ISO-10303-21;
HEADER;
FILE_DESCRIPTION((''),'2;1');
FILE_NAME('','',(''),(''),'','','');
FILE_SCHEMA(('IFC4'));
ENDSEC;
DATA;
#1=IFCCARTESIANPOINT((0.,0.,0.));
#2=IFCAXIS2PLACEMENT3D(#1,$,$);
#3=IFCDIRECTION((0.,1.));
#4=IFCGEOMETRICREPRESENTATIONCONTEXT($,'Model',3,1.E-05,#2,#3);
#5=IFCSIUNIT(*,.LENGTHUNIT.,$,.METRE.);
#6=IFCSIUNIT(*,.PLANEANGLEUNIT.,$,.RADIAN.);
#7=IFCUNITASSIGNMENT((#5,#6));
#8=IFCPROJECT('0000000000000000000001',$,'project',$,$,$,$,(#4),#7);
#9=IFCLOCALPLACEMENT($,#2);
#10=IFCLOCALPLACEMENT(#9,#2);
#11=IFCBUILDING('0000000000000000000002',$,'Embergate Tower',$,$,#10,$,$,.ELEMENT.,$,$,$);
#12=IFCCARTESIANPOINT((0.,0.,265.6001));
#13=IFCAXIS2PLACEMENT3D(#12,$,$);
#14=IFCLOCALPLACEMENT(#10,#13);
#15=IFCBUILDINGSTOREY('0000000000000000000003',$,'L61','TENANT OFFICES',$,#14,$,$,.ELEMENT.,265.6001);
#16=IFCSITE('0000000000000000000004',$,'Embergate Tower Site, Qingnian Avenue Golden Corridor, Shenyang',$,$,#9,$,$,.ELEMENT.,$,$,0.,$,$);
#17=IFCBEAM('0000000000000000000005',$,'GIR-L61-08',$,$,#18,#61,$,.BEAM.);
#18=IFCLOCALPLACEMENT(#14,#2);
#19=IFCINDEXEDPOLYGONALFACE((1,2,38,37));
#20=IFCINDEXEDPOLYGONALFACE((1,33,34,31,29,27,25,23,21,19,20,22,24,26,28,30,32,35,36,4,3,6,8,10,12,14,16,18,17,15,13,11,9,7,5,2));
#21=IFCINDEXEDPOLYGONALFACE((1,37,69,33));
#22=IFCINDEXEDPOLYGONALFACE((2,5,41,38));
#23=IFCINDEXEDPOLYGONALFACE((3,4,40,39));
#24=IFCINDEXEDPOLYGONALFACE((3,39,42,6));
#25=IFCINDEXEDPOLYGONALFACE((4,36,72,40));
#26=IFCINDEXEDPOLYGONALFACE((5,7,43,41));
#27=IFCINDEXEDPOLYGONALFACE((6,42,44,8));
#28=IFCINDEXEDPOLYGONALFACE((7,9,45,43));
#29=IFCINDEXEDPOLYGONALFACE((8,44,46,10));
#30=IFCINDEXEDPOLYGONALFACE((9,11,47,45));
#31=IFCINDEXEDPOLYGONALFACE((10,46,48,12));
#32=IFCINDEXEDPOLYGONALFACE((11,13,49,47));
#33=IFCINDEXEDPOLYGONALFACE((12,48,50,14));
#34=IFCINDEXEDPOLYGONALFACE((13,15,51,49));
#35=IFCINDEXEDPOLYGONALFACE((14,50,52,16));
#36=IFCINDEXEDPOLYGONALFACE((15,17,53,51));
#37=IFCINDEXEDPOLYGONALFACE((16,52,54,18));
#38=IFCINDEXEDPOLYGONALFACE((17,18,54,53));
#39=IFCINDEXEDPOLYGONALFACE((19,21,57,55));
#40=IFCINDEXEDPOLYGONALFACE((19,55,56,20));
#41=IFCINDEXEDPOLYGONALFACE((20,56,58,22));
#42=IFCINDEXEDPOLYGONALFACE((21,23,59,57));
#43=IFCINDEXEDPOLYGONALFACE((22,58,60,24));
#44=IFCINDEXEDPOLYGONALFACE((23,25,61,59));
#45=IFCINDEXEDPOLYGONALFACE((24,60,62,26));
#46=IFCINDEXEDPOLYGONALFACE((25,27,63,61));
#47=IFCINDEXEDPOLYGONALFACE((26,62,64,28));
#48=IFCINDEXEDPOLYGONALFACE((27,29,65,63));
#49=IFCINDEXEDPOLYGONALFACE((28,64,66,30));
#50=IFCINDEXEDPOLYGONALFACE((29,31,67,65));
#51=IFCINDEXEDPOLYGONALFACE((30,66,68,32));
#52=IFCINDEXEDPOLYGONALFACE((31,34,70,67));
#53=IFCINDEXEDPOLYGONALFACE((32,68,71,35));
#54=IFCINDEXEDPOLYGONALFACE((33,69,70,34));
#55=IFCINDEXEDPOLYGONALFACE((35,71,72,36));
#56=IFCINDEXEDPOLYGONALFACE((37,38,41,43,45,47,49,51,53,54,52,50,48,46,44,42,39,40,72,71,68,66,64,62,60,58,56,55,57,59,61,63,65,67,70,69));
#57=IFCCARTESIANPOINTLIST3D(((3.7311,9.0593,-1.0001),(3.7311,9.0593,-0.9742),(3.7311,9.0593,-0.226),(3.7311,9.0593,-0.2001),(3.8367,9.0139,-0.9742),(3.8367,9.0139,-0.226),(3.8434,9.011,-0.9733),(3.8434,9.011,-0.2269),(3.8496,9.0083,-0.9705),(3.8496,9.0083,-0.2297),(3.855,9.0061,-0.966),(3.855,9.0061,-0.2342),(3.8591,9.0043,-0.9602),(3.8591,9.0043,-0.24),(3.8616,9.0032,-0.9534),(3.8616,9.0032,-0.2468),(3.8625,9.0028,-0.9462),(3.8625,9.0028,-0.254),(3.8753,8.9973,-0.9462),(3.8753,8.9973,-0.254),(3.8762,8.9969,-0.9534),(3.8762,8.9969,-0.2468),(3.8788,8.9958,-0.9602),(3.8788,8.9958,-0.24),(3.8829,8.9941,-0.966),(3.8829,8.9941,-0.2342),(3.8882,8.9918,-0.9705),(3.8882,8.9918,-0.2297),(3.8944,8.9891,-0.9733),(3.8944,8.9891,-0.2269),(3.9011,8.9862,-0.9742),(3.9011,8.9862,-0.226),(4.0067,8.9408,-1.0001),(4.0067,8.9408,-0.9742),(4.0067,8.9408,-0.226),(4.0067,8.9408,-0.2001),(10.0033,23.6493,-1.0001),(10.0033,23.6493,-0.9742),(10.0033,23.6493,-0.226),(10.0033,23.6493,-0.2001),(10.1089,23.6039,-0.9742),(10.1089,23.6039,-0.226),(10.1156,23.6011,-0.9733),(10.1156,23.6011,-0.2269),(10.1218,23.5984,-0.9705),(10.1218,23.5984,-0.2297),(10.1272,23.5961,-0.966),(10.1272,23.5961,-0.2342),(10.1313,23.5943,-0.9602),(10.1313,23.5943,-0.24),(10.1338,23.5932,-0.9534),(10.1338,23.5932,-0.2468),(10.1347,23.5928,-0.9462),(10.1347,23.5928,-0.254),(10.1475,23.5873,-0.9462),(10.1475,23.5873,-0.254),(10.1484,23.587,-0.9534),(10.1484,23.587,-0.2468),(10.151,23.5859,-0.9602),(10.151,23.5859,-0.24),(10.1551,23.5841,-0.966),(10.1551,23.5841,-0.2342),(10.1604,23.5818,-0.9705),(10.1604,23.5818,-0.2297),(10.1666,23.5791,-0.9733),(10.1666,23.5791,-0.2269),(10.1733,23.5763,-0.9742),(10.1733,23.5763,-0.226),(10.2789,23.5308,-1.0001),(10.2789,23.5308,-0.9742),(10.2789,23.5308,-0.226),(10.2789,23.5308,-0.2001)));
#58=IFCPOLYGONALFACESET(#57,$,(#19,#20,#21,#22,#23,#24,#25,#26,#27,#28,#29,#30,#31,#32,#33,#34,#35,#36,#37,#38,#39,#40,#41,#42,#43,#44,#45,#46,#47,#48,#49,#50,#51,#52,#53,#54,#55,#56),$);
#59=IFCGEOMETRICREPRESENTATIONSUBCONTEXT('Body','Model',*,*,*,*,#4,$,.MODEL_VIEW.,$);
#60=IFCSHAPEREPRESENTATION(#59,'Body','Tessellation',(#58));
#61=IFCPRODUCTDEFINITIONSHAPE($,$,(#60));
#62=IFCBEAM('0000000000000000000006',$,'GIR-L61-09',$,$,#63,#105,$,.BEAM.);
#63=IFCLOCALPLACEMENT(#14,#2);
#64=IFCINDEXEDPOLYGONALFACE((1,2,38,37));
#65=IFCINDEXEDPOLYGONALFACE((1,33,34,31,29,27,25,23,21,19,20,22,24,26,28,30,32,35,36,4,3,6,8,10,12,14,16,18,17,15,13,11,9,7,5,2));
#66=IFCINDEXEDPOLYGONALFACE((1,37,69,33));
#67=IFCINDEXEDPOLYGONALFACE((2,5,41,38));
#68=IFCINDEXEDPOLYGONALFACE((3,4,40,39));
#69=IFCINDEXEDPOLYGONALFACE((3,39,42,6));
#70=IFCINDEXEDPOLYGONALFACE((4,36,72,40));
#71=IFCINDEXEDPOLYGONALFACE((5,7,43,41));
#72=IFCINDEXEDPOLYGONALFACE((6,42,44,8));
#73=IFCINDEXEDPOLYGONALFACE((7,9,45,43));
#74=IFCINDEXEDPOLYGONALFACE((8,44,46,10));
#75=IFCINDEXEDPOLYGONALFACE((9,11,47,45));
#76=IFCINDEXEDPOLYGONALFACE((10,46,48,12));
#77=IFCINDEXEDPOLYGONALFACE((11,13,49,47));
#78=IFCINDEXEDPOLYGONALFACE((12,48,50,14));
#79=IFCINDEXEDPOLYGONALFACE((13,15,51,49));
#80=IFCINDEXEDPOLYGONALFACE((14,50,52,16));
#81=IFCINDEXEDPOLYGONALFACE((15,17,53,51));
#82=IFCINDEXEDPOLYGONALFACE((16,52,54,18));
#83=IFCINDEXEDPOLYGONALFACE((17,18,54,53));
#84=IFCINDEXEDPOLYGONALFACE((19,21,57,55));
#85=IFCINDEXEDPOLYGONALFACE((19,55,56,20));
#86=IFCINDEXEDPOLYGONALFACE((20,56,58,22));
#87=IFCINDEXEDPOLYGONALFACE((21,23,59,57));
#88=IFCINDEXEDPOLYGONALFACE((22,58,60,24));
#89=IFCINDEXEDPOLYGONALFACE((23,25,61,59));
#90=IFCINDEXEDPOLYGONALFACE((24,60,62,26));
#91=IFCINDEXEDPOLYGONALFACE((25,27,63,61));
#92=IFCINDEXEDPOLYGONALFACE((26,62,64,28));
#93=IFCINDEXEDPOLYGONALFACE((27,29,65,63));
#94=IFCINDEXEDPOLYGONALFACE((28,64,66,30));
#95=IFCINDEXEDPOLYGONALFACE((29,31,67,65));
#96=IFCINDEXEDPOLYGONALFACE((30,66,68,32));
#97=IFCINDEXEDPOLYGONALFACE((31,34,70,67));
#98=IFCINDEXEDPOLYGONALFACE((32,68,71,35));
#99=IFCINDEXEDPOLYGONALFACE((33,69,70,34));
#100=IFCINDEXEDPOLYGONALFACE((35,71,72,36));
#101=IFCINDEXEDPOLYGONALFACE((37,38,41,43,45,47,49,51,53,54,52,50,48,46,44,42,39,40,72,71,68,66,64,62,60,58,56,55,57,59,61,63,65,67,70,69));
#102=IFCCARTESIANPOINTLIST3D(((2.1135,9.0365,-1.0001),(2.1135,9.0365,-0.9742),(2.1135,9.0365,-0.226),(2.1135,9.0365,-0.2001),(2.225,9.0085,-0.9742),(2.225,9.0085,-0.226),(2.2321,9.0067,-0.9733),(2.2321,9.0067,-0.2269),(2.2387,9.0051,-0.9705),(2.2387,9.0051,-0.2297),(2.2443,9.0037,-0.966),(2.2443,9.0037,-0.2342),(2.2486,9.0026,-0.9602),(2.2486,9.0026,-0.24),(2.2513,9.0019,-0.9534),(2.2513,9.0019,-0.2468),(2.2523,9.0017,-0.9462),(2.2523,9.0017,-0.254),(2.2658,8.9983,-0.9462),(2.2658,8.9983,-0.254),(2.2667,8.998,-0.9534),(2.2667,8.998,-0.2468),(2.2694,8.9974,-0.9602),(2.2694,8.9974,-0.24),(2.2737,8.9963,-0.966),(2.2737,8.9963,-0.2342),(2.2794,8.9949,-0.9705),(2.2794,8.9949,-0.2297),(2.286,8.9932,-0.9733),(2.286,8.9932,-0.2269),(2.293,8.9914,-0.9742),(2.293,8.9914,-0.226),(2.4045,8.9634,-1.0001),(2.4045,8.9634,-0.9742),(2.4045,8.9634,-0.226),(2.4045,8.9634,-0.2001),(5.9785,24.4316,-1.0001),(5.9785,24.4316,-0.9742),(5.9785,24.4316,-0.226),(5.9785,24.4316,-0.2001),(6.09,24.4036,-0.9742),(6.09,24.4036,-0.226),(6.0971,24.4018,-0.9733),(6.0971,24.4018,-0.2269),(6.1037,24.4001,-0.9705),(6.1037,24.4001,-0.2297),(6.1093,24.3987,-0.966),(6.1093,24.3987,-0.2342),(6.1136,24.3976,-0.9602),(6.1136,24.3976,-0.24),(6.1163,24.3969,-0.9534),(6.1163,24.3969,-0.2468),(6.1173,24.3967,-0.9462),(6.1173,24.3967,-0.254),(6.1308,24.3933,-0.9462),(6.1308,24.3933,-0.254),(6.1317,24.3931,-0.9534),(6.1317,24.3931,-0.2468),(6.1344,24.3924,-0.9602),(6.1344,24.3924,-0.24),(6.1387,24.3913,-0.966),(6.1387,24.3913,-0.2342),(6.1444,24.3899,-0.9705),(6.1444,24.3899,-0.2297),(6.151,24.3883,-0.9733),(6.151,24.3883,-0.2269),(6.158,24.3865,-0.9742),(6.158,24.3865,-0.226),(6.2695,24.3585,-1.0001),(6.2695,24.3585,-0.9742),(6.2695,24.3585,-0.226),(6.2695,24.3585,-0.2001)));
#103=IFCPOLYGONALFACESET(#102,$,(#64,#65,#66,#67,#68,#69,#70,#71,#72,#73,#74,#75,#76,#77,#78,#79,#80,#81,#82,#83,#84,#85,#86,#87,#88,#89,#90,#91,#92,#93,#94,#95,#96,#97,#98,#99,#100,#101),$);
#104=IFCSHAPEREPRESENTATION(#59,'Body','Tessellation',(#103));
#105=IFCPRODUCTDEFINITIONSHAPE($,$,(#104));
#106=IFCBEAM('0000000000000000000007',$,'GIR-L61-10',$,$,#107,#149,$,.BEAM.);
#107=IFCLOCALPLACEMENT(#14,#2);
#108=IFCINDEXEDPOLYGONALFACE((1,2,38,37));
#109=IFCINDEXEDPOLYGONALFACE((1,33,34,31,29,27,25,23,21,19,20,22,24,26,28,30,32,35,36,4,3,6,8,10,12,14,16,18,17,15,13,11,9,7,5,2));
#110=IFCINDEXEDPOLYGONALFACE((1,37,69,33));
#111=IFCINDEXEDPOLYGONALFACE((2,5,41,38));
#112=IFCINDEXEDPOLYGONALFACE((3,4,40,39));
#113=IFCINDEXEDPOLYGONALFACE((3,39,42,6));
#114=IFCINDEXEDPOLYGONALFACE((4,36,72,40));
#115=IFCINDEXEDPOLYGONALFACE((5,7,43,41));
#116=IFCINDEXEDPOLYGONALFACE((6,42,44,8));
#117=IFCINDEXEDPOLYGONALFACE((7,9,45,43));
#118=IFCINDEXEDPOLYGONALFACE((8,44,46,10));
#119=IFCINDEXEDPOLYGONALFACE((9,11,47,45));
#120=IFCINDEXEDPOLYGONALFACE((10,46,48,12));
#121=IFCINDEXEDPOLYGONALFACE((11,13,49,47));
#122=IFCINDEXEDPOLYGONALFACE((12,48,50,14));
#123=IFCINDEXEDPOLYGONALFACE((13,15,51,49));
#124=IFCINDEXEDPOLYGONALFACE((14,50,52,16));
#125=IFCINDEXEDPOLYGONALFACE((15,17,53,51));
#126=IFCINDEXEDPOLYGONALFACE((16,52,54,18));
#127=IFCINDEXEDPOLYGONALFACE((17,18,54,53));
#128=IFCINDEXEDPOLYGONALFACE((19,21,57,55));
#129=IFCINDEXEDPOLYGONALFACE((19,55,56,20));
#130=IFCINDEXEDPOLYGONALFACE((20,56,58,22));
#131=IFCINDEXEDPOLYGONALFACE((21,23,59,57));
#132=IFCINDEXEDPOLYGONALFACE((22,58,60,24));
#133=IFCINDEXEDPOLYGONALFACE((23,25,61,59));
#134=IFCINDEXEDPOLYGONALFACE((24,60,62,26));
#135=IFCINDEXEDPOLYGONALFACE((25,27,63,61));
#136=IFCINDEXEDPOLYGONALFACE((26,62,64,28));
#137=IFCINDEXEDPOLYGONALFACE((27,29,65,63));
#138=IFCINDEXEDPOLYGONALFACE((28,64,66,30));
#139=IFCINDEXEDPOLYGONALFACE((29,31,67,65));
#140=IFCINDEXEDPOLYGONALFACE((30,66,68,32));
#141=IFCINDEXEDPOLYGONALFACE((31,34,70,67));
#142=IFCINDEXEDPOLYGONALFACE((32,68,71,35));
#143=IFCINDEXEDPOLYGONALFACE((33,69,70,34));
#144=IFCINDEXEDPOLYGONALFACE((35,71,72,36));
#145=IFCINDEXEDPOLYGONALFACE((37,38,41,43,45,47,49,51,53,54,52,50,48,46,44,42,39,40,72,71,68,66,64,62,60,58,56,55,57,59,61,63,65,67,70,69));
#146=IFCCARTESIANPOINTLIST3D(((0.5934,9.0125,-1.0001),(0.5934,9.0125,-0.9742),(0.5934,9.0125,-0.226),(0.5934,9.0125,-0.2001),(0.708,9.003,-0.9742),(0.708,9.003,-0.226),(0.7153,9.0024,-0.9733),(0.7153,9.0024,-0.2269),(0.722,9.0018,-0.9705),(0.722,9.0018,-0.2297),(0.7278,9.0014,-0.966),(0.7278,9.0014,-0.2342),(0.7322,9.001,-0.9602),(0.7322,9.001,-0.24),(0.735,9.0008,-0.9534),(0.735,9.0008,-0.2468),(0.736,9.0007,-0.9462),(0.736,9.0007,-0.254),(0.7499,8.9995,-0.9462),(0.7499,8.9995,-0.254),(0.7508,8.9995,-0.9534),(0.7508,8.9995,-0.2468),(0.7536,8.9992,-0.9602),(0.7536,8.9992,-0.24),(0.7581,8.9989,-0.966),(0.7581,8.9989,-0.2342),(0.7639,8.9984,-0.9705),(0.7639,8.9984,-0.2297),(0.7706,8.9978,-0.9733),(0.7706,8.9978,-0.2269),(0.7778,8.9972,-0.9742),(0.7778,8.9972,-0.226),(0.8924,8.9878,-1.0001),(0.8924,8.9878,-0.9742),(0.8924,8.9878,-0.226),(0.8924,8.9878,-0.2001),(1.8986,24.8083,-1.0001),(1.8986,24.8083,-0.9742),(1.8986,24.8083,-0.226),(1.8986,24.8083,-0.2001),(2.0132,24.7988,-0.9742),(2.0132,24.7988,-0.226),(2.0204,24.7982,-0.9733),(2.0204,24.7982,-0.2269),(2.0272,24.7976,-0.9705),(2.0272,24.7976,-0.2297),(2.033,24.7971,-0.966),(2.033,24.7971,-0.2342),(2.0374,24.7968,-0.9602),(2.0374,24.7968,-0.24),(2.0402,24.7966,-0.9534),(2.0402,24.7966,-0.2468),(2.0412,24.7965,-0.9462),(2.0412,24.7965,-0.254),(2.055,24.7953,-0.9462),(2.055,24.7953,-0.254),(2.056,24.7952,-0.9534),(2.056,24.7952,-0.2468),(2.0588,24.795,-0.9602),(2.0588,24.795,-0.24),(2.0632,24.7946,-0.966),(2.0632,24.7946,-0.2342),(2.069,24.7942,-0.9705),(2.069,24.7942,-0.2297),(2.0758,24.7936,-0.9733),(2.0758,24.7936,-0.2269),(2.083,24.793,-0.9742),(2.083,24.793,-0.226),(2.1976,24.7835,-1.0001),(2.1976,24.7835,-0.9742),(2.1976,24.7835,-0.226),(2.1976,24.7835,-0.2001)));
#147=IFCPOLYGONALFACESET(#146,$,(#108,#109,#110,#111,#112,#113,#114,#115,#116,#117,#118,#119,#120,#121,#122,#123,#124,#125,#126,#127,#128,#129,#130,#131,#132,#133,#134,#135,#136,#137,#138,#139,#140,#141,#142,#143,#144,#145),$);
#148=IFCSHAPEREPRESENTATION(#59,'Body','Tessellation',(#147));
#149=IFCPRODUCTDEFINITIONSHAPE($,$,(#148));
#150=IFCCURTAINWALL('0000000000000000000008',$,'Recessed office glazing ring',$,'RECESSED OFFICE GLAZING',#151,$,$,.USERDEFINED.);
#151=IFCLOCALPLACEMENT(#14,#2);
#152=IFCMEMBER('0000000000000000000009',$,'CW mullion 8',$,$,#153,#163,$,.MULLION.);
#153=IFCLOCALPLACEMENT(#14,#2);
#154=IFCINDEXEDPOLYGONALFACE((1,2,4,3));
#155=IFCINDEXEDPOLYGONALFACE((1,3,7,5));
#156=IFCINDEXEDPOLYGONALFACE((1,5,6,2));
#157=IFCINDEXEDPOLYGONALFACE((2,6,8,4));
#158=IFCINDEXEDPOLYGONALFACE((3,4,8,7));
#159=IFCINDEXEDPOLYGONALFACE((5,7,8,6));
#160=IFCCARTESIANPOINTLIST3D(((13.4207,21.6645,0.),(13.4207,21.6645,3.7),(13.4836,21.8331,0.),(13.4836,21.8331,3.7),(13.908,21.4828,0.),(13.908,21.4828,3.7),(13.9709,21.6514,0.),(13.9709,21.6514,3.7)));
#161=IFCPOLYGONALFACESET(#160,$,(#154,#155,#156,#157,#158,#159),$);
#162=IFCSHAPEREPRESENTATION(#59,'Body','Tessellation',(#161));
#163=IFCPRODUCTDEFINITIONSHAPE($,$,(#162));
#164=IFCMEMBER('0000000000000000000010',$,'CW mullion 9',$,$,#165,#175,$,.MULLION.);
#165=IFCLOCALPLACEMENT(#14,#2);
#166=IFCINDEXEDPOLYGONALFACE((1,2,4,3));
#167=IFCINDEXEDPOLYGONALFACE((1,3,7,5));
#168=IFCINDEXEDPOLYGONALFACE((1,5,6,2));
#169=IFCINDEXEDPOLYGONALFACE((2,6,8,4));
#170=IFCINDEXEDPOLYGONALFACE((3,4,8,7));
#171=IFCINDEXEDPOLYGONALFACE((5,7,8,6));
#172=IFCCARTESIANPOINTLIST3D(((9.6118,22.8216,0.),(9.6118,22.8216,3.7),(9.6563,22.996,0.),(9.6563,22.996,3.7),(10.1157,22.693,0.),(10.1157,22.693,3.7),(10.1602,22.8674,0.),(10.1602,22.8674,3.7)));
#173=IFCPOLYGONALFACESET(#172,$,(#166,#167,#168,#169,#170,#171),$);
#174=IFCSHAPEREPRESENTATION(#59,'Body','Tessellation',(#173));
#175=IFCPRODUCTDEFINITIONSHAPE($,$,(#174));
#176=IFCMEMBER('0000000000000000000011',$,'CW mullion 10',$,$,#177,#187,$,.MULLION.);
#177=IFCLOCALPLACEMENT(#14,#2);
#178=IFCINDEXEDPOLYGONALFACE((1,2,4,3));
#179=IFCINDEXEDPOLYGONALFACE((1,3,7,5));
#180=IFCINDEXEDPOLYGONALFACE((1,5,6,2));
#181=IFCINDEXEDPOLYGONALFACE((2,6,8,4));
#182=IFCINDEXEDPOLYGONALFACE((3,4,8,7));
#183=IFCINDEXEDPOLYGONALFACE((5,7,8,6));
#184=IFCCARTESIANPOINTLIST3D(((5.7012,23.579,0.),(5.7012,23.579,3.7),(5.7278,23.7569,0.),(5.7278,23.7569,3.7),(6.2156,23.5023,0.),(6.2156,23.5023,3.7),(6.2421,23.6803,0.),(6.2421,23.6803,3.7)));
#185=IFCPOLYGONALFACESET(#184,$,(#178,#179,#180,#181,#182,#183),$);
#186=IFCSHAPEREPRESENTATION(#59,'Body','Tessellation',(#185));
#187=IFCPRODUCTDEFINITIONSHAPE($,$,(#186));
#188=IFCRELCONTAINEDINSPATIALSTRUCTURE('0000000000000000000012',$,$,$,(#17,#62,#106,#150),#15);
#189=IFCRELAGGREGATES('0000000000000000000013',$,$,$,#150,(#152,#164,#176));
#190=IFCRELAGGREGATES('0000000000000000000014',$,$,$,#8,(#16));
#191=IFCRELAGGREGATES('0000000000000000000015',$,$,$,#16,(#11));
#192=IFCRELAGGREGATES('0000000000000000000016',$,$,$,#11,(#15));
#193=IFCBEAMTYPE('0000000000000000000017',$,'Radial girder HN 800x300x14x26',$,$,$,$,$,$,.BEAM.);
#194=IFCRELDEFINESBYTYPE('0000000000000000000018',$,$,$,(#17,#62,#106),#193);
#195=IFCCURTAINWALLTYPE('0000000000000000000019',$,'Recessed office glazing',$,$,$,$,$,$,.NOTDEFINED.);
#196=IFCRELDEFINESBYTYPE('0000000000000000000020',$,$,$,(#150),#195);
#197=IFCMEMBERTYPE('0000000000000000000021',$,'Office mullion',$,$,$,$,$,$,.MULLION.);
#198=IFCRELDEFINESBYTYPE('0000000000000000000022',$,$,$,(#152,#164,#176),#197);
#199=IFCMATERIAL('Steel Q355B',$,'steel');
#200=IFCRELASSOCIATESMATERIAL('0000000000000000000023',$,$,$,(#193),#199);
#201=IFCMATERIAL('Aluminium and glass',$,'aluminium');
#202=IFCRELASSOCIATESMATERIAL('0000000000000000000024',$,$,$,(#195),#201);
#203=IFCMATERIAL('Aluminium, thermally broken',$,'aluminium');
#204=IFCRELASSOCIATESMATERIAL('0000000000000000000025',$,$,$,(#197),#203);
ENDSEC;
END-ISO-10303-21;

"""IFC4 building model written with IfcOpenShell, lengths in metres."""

from ifc_helpers import new_model, si_unit, direction, frame, origin, origin_2d, place, context, subcontext, project, spatial, rectangle, i_section, extrude, source, transform, mapped, material, material_profile, profile_set, type_object, element, aggregate, save


model = new_model("IFC4")

# Units and contexts
model_context = context("Model", 3, precision=1e-05, world=origin(), true_north=direction((0.0, 1.0)))
body_context = subcontext(model_context, "Body", "Model", "MODEL_VIEW")
ifc_project = project(units=[si_unit("LENGTHUNIT", "METRE"), si_unit("PLANEANGLEUNIT", "RADIAN")], contexts=[model_context])

# Site, building, storey
site_placement = place(None, origin())
site = spatial("IfcSite", under=ifc_project, at=site_placement, Name="Embergate Tower Site, Qingnian Avenue Golden Corridor, Shenyang", CompositionType="ELEMENT", RefElevation=0.0)
building_placement = place(site_placement, origin())
building = spatial("IfcBuilding", under=site, at=building_placement, Name="Embergate Tower", CompositionType="ELEMENT")
storey_placement = place(building_placement, frame((0.0, 0.0, 265.6001)))
storey = spatial("IfcBuildingStorey", under=building, at=storey_placement, Name="L61", Description="TENANT OFFICES", CompositionType="ELEMENT", Elevation=265.6001)

# Beams
ifc_material_1 = material(Name="Steel Q355B", Category="steel")
ifc_material_profile_1 = material_profile(ifc_material_1, i_section(OverallWidth=0.3, OverallDepth=0.8, WebThickness=0.0139, FlangeThickness=0.0259, FilletRadius=0.0281, at=origin_2d()), Name="HN 800x300x14x26")
ifc_profile_set_1 = profile_set([ifc_material_profile_1], Name="Steel Q355 grade B")
beam_type_1 = type_object("IfcBeamType", Name="Radial girder HN 800x300x14x26", PredefinedType="BEAM", material=ifc_profile_set_1)
shared_shape_1 = source(origin(), body_context, "Body", "SweptSolid", [
    extrude(i_section(OverallWidth=0.3, OverallDepth=0.8, WebThickness=0.0139, FlangeThickness=0.0259, FilletRadius=0.0281, at=origin_2d()), origin(), (0.0, 0.0, 1.0), 15.8811),
])
beam_1_placement = place(storey_placement, frame((10.1411, 23.5901, -0.6001), z_axis=(-0.394947, -0.918704, 0.0), x_axis=(0.918704, -0.394947, 0.0)))
element("IfcBeam", 1, at=beam_1_placement, inside=storey, type_object=beam_type_1, Name="GIR-L61-08", PredefinedType="BEAM", context=body_context, shape_type="MappedRepresentation", body=[
    mapped(shared_shape_1, transform((0.0, 0.0, 0.0))),
])
shared_shape_2 = source(origin(), body_context, "Body", "SweptSolid", [
    extrude(i_section(OverallWidth=0.3, OverallDepth=0.8, WebThickness=0.0139, FlangeThickness=0.0259, FilletRadius=0.0281, at=origin_2d()), origin(), (0.0, 0.0, 1.0), 15.8728),
])
beam_2_placement = place(storey_placement, frame((6.124, 24.395, -0.6001), z_axis=(-0.243498, -0.969901, 0.0), x_axis=(0.969901, -0.243498, 0.0)))
element("IfcBeam", 2, at=beam_2_placement, inside=storey, type_object=beam_type_1, Name="GIR-L61-09", PredefinedType="BEAM", context=body_context, shape_type="MappedRepresentation", body=[
    mapped(shared_shape_2, transform((0.0, 0.0, 0.0))),
])
shared_shape_3 = source(origin(), body_context, "Body", "SweptSolid", [
    extrude(i_section(OverallWidth=0.3, OverallDepth=0.8, WebThickness=0.0139, FlangeThickness=0.0259, FilletRadius=0.0281, at=origin_2d()), origin(), (0.0, 0.0, 1.0), 15.8496),
])
beam_3_placement = place(storey_placement, frame((2.0481, 24.7959, -0.6001), z_axis=(-0.082347, -0.996604, 0.0), x_axis=(0.996604, -0.082347, 0.0)))
element("IfcBeam", 3, at=beam_3_placement, inside=storey, type_object=beam_type_1, Name="GIR-L61-10", PredefinedType="BEAM", context=body_context, shape_type="MappedRepresentation", body=[
    mapped(shared_shape_3, transform((0.0, 0.0, 0.0))),
])

# Curtain wall, members
ifc_material_2 = material(Name="Aluminium and glass", Category="aluminium")
curtain_wall_type = type_object("IfcCurtainWallType", Name="Recessed office glazing", PredefinedType="NOTDEFINED", material=ifc_material_2)
curtain_wall_placement = place(storey_placement, origin())
curtain_wall = element("IfcCurtainWall", 4, at=curtain_wall_placement, inside=storey, type_object=curtain_wall_type, Name="Recessed office glazing ring", ObjectType="RECESSED OFFICE GLAZING", PredefinedType="USERDEFINED")
ifc_material_3 = material(Name="Aluminium, thermally broken", Category="aluminium")
ifc_material_profile_2 = material_profile(ifc_material_3, rectangle(XDim=0.1799, YDim=0.52, at=origin_2d()), Name="AL 520x180")
ifc_profile_set_2 = profile_set([ifc_material_profile_2], Name="Aluminium, thermally broken")
member_type_1 = type_object("IfcMemberType", Name="Office mullion", PredefinedType="MULLION", material=ifc_profile_set_2)
shared_shape_4 = source(origin(), body_context, "Body", "SweptSolid", [
    extrude(rectangle(XDim=0.1799, YDim=0.52, at=origin_2d()), origin(), (0.0, 0.0, 1.0), 3.7),
])
member_1_placement = place(storey_placement, frame((13.6958, 21.658, 0.0), z_axis=(0.0, 0.0, 1.0), x_axis=(-0.349496, -0.936938, 0.0)))
member_1 = element("IfcMember", 5, at=member_1_placement, type_object=member_type_1, Name="CW mullion 8", PredefinedType="MULLION", context=body_context, shape_type="MappedRepresentation", body=[
    mapped(shared_shape_4, transform((0.0, 0.0, 0.0))),
])
member_2_placement = place(storey_placement, frame((9.886, 22.8445, 0.0), z_axis=(0.0, 0.0, 1.0), x_axis=(-0.247307, -0.968937, 0.0)))
member_2 = element("IfcMember", 6, at=member_2_placement, type_object=member_type_1, Name="CW mullion 9", PredefinedType="MULLION", context=body_context, shape_type="MappedRepresentation", body=[
    mapped(shared_shape_4, transform((0.0, 0.0, 0.0))),
])
member_3_placement = place(storey_placement, frame((5.9717, 23.6296, 0.0), z_axis=(0.0, 0.0, 1.0), x_axis=(-0.147409, -0.989076, 0.0)))
member_3 = element("IfcMember", 7, at=member_3_placement, type_object=member_type_1, Name="CW mullion 10", PredefinedType="MULLION", context=body_context, shape_type="MappedRepresentation", body=[
    mapped(shared_shape_4, transform((0.0, 0.0, 0.0))),
])
aggregate(curtain_wall, [member_1, member_2, member_3])

save(model, "model.ifc")
